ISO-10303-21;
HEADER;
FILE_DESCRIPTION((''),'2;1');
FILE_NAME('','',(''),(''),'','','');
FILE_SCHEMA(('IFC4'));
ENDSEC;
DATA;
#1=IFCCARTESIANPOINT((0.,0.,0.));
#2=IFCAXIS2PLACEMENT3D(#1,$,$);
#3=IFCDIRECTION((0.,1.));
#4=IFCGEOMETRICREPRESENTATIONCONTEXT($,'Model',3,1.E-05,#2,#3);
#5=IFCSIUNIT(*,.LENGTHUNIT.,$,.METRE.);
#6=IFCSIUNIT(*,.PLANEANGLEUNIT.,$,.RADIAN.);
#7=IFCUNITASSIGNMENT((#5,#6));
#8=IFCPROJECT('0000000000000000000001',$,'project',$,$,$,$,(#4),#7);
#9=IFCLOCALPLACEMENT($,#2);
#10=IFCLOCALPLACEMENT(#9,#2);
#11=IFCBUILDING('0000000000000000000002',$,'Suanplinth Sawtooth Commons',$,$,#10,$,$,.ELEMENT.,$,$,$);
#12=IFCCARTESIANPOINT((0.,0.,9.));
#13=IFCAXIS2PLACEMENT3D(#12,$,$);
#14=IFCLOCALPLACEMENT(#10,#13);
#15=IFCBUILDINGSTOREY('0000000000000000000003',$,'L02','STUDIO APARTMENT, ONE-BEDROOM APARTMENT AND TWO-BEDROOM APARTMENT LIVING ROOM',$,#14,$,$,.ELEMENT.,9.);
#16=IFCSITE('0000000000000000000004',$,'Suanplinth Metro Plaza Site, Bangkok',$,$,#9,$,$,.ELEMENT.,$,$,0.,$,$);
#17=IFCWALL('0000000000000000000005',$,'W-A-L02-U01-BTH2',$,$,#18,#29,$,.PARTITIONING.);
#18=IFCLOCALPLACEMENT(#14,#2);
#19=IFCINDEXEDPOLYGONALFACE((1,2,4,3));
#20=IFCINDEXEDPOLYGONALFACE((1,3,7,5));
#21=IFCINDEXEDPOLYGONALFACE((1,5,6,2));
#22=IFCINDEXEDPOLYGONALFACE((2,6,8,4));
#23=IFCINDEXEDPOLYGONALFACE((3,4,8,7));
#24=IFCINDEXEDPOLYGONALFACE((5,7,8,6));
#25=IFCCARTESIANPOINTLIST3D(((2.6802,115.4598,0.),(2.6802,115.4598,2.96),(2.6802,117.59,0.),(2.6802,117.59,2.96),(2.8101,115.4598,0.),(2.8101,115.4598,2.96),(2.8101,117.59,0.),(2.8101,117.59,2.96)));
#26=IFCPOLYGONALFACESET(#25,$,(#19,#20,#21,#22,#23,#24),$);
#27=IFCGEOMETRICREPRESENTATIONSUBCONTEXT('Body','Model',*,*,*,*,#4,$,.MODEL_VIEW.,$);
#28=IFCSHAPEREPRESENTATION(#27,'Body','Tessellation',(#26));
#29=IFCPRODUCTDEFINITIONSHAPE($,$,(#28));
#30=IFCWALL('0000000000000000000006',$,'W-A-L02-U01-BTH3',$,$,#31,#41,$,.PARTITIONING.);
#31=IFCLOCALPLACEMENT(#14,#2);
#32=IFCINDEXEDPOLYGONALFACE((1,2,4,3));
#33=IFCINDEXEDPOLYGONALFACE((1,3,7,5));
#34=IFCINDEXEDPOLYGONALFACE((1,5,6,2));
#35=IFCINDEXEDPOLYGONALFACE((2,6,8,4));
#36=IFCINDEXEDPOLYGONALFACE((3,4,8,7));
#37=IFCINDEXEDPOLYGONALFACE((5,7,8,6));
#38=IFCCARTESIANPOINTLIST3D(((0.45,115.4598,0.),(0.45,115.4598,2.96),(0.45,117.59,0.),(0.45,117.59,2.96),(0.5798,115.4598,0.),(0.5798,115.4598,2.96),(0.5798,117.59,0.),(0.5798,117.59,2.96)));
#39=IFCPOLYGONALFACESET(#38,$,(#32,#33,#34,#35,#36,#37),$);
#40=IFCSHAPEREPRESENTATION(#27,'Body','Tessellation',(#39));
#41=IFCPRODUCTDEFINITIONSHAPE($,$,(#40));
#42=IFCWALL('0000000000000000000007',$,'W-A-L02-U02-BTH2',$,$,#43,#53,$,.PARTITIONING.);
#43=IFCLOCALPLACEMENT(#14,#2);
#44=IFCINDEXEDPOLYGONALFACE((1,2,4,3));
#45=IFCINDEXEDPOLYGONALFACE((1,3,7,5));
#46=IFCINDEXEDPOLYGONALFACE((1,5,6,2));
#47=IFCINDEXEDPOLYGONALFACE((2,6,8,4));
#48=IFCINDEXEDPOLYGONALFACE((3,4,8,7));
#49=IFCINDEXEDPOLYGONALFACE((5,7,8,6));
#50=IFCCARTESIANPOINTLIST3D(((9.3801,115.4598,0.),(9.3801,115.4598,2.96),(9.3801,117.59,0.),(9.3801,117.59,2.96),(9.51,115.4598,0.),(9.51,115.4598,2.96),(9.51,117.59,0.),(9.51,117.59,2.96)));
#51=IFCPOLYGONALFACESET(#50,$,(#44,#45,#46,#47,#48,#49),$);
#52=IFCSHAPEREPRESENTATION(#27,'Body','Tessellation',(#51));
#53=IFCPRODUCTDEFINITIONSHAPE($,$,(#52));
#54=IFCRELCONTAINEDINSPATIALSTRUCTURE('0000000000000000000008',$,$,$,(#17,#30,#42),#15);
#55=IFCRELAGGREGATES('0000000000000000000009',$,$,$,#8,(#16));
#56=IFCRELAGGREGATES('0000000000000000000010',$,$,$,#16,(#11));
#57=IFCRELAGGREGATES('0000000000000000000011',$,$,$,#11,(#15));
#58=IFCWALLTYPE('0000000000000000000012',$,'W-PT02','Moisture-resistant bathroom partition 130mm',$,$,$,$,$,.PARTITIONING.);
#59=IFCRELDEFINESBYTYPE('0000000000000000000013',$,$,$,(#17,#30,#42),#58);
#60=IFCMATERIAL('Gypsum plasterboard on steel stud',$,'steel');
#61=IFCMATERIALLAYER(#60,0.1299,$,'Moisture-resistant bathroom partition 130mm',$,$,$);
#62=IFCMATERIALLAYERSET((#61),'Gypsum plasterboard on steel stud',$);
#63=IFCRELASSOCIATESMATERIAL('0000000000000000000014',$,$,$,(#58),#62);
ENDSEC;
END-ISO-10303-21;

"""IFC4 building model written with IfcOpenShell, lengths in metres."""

from ifc_helpers import new_model, si_unit, direction, frame, frame_2d, origin, place, context, subcontext, project, spatial, rectangle, extrude, material, layer, layer_set, type_object, element, save


model = new_model("IFC4")

# Units and contexts
model_context = context("Model", 3, precision=1e-05, world=origin(), true_north=direction((0.0, 1.0)))
body_context = subcontext(model_context, "Body", "Model", "MODEL_VIEW")
ifc_project = project(units=[si_unit("LENGTHUNIT", "METRE"), si_unit("PLANEANGLEUNIT", "RADIAN")], contexts=[model_context])

# Site, building, storey
site_placement = place(None, origin())
site = spatial("IfcSite", under=ifc_project, at=site_placement, Name="Suanplinth Metro Plaza Site, Bangkok", CompositionType="ELEMENT", RefElevation=0.0)
building_placement = place(site_placement, origin())
building = spatial("IfcBuilding", under=site, at=building_placement, Name="Suanplinth Sawtooth Commons", CompositionType="ELEMENT")
storey_placement = place(building_placement, frame((0.0, 0.0, 9.0)))
storey = spatial("IfcBuildingStorey", under=building, at=storey_placement, Name="L02", Description="STUDIO APARTMENT, ONE-BEDROOM APARTMENT AND TWO-BEDROOM APARTMENT LIVING ROOM", CompositionType="ELEMENT", Elevation=9.0)

# Walls
ifc_material_1 = material(Name="Gypsum plasterboard on steel stud", Category="steel")
ifc_layer_1 = layer(ifc_material_1, 0.1299, Name="Moisture-resistant bathroom partition 130mm")
ifc_layer_set_1 = layer_set([ifc_layer_1], Name="Gypsum plasterboard on steel stud")
wall_type_1 = type_object("IfcWallType", Name="W-PT02", Description="Moisture-resistant bathroom partition 130mm", PredefinedType="PARTITIONING", material=ifc_layer_set_1)
for number, where, z_axis, x_axis, name in (
    (1, (2.7451, 115.46, 0.0), (0.0, 0.0, 1.0), (0.0, 1.0, 0.0), "W-A-L02-U01-BTH2"),
    (2, (0.5149, 115.46, 0.0), (0.0, 0.0, 1.0), (0.0, 1.0, 0.0), "W-A-L02-U01-BTH3"),
    (3, (9.4451, 115.46, 0.0), (0.0, 0.0, 1.0), (0.0, 1.0, 0.0), "W-A-L02-U02-BTH2"),
):
    element("IfcWall", number, at=place(storey_placement, frame(where, z_axis=z_axis, x_axis=x_axis)), inside=storey, type_object=wall_type_1, Name=name, PredefinedType="PARTITIONING", context=body_context, shape_type="SweptSolid", body=[
        extrude(rectangle(XDim=2.1301, YDim=0.1299, at=frame_2d((1.0649, 0.0))), origin(), (0.0, 0.0, 1.0), 2.96),
    ])

save(model, "model.ifc")
